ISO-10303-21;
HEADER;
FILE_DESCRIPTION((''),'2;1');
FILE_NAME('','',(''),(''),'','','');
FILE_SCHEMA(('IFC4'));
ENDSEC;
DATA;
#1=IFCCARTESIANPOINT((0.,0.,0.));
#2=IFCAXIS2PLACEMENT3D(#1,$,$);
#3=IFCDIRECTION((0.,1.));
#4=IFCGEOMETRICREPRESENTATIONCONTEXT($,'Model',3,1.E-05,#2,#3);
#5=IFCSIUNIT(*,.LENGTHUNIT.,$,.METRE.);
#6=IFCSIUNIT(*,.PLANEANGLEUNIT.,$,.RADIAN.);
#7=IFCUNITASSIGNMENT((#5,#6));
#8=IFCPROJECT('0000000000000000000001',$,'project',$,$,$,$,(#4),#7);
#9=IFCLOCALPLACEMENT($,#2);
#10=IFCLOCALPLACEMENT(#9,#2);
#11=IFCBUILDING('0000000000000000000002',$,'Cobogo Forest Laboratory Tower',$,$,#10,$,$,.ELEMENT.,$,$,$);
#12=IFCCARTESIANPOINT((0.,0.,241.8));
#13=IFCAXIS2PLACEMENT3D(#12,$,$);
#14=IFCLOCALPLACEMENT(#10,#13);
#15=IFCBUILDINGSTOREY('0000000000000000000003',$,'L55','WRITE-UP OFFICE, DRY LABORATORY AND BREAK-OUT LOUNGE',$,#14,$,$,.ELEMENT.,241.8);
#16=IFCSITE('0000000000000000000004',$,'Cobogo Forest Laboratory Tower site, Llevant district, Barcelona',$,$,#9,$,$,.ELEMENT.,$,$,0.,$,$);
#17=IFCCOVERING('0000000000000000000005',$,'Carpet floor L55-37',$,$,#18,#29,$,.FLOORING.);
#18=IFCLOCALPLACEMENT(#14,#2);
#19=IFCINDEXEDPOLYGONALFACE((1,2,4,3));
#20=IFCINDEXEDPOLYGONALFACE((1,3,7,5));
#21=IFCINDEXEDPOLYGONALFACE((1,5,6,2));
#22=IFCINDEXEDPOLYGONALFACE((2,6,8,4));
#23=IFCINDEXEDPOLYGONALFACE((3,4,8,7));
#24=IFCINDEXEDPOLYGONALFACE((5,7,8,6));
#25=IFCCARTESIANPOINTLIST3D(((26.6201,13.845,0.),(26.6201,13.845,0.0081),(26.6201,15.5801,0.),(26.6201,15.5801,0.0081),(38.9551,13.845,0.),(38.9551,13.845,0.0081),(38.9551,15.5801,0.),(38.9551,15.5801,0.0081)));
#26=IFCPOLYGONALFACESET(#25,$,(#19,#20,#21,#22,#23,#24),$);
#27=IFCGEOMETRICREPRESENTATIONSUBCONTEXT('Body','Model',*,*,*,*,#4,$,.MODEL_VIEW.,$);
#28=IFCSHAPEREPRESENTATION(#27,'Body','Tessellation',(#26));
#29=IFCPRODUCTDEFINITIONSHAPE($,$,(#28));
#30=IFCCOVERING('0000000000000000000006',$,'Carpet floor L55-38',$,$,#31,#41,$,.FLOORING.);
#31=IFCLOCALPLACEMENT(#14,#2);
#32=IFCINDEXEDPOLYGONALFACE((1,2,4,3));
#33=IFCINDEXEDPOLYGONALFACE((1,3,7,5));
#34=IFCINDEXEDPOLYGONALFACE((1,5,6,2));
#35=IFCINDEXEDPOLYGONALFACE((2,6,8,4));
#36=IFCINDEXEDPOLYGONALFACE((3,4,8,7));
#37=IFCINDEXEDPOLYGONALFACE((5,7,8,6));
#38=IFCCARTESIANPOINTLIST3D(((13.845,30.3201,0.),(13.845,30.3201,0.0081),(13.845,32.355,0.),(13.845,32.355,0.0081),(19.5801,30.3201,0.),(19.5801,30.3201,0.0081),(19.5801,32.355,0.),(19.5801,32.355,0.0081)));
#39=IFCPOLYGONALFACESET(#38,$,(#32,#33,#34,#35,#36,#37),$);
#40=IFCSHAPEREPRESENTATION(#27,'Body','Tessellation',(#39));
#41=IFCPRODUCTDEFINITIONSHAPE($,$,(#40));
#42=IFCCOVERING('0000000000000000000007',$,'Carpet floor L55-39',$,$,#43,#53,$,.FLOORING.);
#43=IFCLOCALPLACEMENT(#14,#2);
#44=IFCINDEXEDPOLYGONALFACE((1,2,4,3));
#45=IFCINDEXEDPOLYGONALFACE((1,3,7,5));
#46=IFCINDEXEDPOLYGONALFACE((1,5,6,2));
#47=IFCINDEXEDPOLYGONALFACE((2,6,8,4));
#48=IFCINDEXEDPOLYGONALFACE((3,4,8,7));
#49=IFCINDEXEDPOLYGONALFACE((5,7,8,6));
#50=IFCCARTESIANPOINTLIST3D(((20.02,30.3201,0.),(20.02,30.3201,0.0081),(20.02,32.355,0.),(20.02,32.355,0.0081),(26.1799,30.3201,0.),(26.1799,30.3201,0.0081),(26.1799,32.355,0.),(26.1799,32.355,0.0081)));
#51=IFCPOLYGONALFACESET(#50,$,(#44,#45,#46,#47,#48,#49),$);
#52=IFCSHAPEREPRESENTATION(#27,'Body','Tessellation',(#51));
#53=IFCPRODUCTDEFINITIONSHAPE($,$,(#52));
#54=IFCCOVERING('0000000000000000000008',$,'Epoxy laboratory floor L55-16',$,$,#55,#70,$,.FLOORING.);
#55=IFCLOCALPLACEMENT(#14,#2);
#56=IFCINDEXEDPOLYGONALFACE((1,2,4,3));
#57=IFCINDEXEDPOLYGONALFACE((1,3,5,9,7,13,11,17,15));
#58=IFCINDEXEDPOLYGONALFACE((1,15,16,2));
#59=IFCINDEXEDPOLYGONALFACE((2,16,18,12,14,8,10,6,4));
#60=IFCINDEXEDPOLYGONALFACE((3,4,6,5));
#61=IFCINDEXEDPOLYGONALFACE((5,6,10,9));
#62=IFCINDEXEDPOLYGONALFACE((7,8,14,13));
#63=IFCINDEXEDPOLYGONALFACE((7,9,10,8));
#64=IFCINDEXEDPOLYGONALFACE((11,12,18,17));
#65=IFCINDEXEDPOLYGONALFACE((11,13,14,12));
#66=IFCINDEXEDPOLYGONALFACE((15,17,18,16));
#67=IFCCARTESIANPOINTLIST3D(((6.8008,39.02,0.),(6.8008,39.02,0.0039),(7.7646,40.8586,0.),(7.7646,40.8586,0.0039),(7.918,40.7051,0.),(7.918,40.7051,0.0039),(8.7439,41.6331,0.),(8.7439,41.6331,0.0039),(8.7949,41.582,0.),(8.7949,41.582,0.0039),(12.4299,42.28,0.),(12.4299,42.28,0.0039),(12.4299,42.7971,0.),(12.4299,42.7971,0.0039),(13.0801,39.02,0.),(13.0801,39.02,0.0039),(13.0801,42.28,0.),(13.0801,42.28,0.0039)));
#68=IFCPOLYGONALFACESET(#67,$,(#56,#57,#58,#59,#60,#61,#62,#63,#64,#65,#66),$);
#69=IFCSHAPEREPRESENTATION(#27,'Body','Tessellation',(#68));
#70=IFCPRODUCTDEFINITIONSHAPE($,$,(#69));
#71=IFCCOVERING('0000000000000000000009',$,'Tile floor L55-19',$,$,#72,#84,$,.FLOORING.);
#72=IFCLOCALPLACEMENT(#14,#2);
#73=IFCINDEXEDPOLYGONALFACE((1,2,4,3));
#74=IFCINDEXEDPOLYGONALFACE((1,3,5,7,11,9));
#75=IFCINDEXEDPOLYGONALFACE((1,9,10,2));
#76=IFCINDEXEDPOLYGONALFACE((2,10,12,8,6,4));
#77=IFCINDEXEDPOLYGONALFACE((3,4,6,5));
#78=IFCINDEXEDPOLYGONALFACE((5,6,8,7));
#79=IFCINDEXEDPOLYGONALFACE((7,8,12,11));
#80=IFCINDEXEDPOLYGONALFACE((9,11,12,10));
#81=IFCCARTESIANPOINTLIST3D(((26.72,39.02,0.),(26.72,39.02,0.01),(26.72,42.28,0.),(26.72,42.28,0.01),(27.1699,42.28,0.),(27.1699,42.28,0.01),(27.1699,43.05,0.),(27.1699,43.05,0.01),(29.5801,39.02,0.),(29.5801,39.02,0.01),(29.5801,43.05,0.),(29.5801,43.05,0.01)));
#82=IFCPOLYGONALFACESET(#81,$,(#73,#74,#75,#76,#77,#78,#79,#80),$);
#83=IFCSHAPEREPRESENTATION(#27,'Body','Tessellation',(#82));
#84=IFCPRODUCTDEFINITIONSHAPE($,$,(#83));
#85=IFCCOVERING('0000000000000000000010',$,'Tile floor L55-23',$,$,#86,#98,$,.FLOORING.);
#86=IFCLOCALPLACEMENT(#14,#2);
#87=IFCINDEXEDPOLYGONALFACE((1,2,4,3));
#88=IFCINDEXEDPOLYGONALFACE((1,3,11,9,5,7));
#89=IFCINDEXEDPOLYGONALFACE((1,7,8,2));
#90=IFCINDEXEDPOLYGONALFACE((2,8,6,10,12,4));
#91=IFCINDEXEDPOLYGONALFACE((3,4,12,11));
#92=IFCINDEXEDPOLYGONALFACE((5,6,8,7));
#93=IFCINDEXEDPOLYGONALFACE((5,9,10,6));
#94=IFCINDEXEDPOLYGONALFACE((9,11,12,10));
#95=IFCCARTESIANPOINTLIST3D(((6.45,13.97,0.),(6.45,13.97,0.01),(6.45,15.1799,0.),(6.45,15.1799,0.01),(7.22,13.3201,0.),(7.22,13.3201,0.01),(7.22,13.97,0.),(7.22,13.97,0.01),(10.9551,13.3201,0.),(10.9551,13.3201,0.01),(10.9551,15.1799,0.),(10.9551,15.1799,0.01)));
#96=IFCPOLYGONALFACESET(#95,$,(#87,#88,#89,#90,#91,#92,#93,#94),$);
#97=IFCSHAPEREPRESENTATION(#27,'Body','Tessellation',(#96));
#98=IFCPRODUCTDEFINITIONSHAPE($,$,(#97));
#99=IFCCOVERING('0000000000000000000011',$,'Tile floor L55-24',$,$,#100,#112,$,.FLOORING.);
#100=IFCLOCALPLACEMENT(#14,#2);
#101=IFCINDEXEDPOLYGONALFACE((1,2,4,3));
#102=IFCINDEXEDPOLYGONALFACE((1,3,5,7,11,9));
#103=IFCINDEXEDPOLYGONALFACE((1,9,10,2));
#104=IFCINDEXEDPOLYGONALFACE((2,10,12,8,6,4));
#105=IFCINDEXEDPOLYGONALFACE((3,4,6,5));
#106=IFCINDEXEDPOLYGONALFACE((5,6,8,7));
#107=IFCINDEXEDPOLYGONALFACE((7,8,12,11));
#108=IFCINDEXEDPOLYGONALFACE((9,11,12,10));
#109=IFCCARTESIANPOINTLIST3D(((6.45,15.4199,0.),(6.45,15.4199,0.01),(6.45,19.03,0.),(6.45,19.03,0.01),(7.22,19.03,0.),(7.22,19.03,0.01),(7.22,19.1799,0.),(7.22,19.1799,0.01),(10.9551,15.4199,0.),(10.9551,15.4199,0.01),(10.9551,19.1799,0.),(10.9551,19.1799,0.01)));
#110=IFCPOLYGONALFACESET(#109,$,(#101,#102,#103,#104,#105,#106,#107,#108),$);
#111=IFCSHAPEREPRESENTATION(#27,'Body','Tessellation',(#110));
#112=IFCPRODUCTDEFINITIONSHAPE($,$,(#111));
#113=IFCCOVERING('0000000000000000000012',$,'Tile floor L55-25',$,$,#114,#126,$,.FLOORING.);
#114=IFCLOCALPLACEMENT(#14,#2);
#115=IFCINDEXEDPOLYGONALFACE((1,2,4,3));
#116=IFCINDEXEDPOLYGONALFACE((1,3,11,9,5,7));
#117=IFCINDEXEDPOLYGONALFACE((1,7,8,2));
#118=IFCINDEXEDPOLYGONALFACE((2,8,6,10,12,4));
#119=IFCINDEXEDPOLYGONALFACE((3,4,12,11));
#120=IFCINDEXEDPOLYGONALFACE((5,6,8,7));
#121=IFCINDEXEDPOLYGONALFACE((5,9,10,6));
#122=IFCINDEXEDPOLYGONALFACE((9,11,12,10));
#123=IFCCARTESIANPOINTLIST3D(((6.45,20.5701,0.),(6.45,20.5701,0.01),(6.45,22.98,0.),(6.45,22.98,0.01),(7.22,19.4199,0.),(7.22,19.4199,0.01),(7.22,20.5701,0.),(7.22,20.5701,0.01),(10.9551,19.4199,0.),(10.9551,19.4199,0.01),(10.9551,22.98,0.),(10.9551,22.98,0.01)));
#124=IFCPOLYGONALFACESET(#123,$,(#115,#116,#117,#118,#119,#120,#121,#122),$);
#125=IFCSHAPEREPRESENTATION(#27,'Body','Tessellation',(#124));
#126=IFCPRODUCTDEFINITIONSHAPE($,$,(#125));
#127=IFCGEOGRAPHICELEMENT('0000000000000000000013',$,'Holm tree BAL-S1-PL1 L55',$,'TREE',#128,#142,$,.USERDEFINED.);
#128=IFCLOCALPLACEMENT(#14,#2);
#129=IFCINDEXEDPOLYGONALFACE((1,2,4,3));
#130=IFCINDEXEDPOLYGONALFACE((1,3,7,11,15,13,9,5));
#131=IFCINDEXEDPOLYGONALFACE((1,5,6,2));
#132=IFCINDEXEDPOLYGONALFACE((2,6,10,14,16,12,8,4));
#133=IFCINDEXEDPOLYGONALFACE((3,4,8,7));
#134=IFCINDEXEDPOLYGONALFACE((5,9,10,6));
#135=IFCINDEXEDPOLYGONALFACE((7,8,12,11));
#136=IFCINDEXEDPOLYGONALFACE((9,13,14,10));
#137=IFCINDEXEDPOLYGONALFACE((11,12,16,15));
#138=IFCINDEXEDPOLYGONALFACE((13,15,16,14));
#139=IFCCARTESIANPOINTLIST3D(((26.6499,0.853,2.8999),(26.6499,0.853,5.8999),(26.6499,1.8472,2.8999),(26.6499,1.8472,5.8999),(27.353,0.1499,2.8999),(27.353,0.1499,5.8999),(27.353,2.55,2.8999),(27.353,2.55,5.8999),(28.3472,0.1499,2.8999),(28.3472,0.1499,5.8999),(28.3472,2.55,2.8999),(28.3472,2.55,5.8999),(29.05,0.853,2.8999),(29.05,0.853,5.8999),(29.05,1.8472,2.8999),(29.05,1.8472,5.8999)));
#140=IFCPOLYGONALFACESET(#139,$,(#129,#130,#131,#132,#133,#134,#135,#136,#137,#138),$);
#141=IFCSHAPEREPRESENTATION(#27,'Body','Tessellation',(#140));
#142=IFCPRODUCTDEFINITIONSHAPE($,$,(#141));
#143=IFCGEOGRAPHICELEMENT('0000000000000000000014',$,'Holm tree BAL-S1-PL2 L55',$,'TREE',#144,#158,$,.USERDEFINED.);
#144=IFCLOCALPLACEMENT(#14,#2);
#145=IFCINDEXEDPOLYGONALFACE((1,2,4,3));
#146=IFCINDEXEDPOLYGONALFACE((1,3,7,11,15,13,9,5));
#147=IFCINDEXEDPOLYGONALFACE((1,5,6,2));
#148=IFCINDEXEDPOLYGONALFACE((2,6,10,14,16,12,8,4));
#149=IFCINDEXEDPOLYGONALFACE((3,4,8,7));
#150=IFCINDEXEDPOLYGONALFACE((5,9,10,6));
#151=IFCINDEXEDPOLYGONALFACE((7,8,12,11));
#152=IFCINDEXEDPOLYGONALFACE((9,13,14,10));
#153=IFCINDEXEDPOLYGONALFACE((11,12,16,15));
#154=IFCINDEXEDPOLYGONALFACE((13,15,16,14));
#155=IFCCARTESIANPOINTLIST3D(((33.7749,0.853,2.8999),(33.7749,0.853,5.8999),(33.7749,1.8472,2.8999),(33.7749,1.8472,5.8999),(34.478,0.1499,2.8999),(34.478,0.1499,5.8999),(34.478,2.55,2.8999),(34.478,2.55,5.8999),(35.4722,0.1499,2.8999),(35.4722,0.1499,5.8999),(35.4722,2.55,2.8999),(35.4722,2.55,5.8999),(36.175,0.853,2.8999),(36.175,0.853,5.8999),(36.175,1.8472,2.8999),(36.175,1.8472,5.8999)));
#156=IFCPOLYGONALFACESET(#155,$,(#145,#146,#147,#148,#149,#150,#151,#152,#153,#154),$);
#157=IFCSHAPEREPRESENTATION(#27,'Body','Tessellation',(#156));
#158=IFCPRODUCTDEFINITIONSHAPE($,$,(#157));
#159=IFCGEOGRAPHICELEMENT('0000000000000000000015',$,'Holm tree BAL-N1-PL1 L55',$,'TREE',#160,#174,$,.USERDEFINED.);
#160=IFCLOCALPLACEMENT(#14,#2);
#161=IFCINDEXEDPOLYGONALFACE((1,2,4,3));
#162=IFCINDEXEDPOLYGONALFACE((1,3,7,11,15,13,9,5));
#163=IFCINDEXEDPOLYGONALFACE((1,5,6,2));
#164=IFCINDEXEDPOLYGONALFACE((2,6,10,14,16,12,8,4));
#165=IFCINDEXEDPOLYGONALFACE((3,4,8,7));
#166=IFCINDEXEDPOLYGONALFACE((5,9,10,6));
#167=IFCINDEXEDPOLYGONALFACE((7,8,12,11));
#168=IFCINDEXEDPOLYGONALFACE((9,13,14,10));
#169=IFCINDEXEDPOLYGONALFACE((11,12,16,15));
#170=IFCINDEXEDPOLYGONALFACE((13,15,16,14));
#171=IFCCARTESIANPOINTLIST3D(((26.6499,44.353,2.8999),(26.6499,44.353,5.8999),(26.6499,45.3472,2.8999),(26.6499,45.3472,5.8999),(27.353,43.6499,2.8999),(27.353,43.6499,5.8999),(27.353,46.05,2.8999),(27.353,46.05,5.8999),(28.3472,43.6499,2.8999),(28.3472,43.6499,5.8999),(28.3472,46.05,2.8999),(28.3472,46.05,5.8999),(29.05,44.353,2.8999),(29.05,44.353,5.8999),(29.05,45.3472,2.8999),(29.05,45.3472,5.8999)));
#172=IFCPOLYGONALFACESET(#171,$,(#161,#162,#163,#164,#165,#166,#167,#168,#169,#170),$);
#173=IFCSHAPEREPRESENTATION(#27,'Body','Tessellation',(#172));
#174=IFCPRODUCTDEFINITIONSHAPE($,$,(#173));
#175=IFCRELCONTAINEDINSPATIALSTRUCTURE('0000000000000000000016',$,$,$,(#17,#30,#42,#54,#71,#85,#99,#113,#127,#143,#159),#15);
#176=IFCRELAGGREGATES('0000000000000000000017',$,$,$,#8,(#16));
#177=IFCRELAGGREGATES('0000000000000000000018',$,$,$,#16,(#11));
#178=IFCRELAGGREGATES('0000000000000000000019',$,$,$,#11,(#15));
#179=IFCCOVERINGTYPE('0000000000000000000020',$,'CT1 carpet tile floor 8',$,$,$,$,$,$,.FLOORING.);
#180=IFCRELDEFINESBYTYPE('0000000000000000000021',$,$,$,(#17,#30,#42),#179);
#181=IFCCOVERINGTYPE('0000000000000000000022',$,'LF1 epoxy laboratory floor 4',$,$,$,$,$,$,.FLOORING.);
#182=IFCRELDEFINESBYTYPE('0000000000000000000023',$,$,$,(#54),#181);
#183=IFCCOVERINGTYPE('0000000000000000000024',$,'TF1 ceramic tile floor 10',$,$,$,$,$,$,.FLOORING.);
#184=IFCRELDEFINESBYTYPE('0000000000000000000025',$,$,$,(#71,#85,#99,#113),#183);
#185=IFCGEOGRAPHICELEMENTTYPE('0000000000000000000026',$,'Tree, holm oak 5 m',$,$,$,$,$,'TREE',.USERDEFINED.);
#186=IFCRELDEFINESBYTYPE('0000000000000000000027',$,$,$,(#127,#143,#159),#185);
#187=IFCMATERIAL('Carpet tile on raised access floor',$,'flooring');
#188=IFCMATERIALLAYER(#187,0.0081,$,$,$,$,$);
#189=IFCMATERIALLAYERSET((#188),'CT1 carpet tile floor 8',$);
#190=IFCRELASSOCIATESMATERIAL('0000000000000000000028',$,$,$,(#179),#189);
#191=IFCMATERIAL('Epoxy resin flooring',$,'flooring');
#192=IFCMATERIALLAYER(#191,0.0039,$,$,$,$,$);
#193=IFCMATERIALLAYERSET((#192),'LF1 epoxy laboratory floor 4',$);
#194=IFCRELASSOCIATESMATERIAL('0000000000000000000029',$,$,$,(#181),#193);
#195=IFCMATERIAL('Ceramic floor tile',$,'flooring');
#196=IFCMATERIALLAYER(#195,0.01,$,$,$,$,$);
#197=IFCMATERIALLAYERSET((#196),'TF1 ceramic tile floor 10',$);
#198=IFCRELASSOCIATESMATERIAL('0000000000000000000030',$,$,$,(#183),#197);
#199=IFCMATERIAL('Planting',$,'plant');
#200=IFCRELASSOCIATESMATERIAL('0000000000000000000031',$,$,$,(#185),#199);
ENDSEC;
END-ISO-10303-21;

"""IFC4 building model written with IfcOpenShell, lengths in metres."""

from ifc_helpers import new_model, si_unit, direction, frame, origin, place, context, subcontext, project, spatial, polyline, outline, extrude, material, layer, layer_set, type_object, element, save


model = new_model("IFC4")

# Units and contexts
model_context = context("Model", 3, precision=1e-05, world=origin(), true_north=direction((0.0, 1.0)))
body_context = subcontext(model_context, "Body", "Model", "MODEL_VIEW")
ifc_project = project(units=[si_unit("LENGTHUNIT", "METRE"), si_unit("PLANEANGLEUNIT", "RADIAN")], contexts=[model_context])

# Site, building, storey
site_placement = place(None, origin())
site = spatial("IfcSite", under=ifc_project, at=site_placement, Name="Cobogo Forest Laboratory Tower site, Llevant district, Barcelona", CompositionType="ELEMENT", RefElevation=0.0)
building_placement = place(site_placement, origin())
building = spatial("IfcBuilding", under=site, at=building_placement, Name="Cobogo Forest Laboratory Tower", CompositionType="ELEMENT")
storey_placement = place(building_placement, frame((0.0, 0.0, 241.8)))
storey = spatial("IfcBuildingStorey", under=building, at=storey_placement, Name="L55", Description="WRITE-UP OFFICE, DRY LABORATORY AND BREAK-OUT LOUNGE", CompositionType="ELEMENT", Elevation=241.8)

# Coverings
ifc_material_1 = material(Name="Carpet tile on raised access floor", Category="flooring")
ifc_layer_1 = layer(ifc_material_1, 0.0081)
ifc_layer_set_1 = layer_set([ifc_layer_1], Name="CT1 carpet tile floor 8")
covering_type_1 = type_object("IfcCoveringType", Name="CT1 carpet tile floor 8", PredefinedType="FLOORING", material=ifc_layer_set_1)
covering_1_placement = place(storey_placement, origin())
element("IfcCovering", 1, at=covering_1_placement, inside=storey, type_object=covering_type_1, Name="Carpet floor L55-37", PredefinedType="FLOORING", context=body_context, shape_type="SweptSolid", body=[
    extrude(outline(polyline([(38.9551, 13.845), (26.6201, 13.845), (26.6201, 15.5801), (38.9551, 15.5801), (38.9551, 13.845)])), origin(), (0.0, 0.0, 1.0), 0.0081),
])
covering_2_placement = place(storey_placement, origin())
element("IfcCovering", 2, at=covering_2_placement, inside=storey, type_object=covering_type_1, Name="Carpet floor L55-38", PredefinedType="FLOORING", context=body_context, shape_type="SweptSolid", body=[
    extrude(outline(polyline([(19.5801, 30.3201), (13.845, 30.3201), (13.845, 32.355), (19.5801, 32.355), (19.5801, 30.3201)])), origin(), (0.0, 0.0, 1.0), 0.0081),
])
covering_3_placement = place(storey_placement, origin())
element("IfcCovering", 3, at=covering_3_placement, inside=storey, type_object=covering_type_1, Name="Carpet floor L55-39", PredefinedType="FLOORING", context=body_context, shape_type="SweptSolid", body=[
    extrude(outline(polyline([(26.1799, 30.3201), (20.02, 30.3201), (20.02, 32.355), (26.1799, 32.355), (26.1799, 30.3201)])), origin(), (0.0, 0.0, 1.0), 0.0081),
])
ifc_material_2 = material(Name="Epoxy resin flooring", Category="flooring")
ifc_layer_2 = layer(ifc_material_2, 0.0039)
ifc_layer_set_2 = layer_set([ifc_layer_2], Name="LF1 epoxy laboratory floor 4")
covering_type_2 = type_object("IfcCoveringType", Name="LF1 epoxy laboratory floor 4", PredefinedType="FLOORING", material=ifc_layer_set_2)
covering_4_placement = place(storey_placement, origin())
element("IfcCovering", 4, at=covering_4_placement, inside=storey, type_object=covering_type_2, Name="Epoxy laboratory floor L55-16", PredefinedType="FLOORING", context=body_context, shape_type="SweptSolid", body=[
    extrude(outline(polyline([(6.8008, 39.02), (7.7646, 40.8586), (7.918, 40.7051), (8.7949, 41.582), (8.7439, 41.6331), (12.4299, 42.7971), (12.4299, 42.28), (13.0801, 42.28), (13.0801, 39.02), (6.8008, 39.02)])), origin(), (0.0, 0.0, 1.0), 0.0039),
])
ifc_material_3 = material(Name="Ceramic floor tile", Category="flooring")
ifc_layer_3 = layer(ifc_material_3, 0.01)
ifc_layer_set_3 = layer_set([ifc_layer_3], Name="TF1 ceramic tile floor 10")
covering_type_3 = type_object("IfcCoveringType", Name="TF1 ceramic tile floor 10", PredefinedType="FLOORING", material=ifc_layer_set_3)
covering_5_placement = place(storey_placement, origin())
element("IfcCovering", 5, at=covering_5_placement, inside=storey, type_object=covering_type_3, Name="Tile floor L55-19", PredefinedType="FLOORING", context=body_context, shape_type="SweptSolid", body=[
    extrude(outline(polyline([(26.72, 39.02), (26.72, 42.28), (27.1699, 42.28), (27.1699, 43.05), (29.5801, 43.05), (29.5801, 39.02), (26.72, 39.02)])), origin(), (0.0, 0.0, 1.0), 0.01),
])
covering_6_placement = place(storey_placement, origin())
element("IfcCovering", 6, at=covering_6_placement, inside=storey, type_object=covering_type_3, Name="Tile floor L55-23", PredefinedType="FLOORING", context=body_context, shape_type="SweptSolid", body=[
    extrude(outline(polyline([(10.9551, 13.3201), (7.22, 13.3201), (7.22, 13.97), (6.45, 13.97), (6.45, 15.1799), (10.9551, 15.1799), (10.9551, 13.3201)])), origin(), (0.0, 0.0, 1.0), 0.01),
])
covering_7_placement = place(storey_placement, origin())
element("IfcCovering", 7, at=covering_7_placement, inside=storey, type_object=covering_type_3, Name="Tile floor L55-24", PredefinedType="FLOORING", context=body_context, shape_type="SweptSolid", body=[
    extrude(outline(polyline([(10.9551, 15.4199), (6.45, 15.4199), (6.45, 19.03), (7.22, 19.03), (7.22, 19.1799), (10.9551, 19.1799), (10.9551, 15.4199)])), origin(), (0.0, 0.0, 1.0), 0.01),
])
covering_8_placement = place(storey_placement, origin())
element("IfcCovering", 8, at=covering_8_placement, inside=storey, type_object=covering_type_3, Name="Tile floor L55-25", PredefinedType="FLOORING", context=body_context, shape_type="SweptSolid", body=[
    extrude(outline(polyline([(10.9551, 19.4199), (7.22, 19.4199), (7.22, 20.5701), (6.45, 20.5701), (6.45, 22.98), (10.9551, 22.98), (10.9551, 19.4199)])), origin(), (0.0, 0.0, 1.0), 0.01),
])

# Geographic elements
ifc_material_4 = material(Name="Planting", Category="plant")
geographic_element_type = type_object("IfcGeographicElementType", Name="Tree, holm oak 5 m", ElementType="TREE", PredefinedType="USERDEFINED", material=ifc_material_4)
geographic_element_1_placement = place(storey_placement, frame((0.0, 0.0, 2.8999)))
element("IfcGeographicElement", 9, at=geographic_element_1_placement, inside=storey, type_object=geographic_element_type, Name="Holm tree BAL-S1-PL1 L55", ObjectType="TREE", PredefinedType="USERDEFINED", context=body_context, shape_type="SweptSolid", body=[
    extrude(outline(polyline([(29.05, 0.853), (29.05, 1.8472), (28.3472, 2.55), (27.353, 2.55), (26.6499, 1.8472), (26.6499, 0.853), (27.353, 0.1499), (28.3472, 0.1499), (29.05, 0.853)])), origin(), (0.0, 0.0, 1.0), 3.0),
])
geographic_element_2_placement = place(storey_placement, frame((0.0, 0.0, 2.8999)))
element("IfcGeographicElement", 10, at=geographic_element_2_placement, inside=storey, type_object=geographic_element_type, Name="Holm tree BAL-S1-PL2 L55", ObjectType="TREE", PredefinedType="USERDEFINED", context=body_context, shape_type="SweptSolid", body=[
    extrude(outline(polyline([(36.175, 0.853), (36.175, 1.8472), (35.4722, 2.55), (34.478, 2.55), (33.7749, 1.8472), (33.7749, 0.853), (34.478, 0.1499), (35.4722, 0.1499), (36.175, 0.853)])), origin(), (0.0, 0.0, 1.0), 3.0),
])
geographic_element_3_placement = place(storey_placement, frame((0.0, 0.0, 2.8999)))
element("IfcGeographicElement", 11, at=geographic_element_3_placement, inside=storey, type_object=geographic_element_type, Name="Holm tree BAL-N1-PL1 L55", ObjectType="TREE", PredefinedType="USERDEFINED", context=body_context, shape_type="SweptSolid", body=[
    extrude(outline(polyline([(29.05, 44.353), (29.05, 45.3472), (28.3472, 46.05), (27.353, 46.05), (26.6499, 45.3472), (26.6499, 44.353), (27.353, 43.6499), (28.3472, 43.6499), (29.05, 44.353)])), origin(), (0.0, 0.0, 1.0), 3.0),
])

save(model, "model.ifc")
